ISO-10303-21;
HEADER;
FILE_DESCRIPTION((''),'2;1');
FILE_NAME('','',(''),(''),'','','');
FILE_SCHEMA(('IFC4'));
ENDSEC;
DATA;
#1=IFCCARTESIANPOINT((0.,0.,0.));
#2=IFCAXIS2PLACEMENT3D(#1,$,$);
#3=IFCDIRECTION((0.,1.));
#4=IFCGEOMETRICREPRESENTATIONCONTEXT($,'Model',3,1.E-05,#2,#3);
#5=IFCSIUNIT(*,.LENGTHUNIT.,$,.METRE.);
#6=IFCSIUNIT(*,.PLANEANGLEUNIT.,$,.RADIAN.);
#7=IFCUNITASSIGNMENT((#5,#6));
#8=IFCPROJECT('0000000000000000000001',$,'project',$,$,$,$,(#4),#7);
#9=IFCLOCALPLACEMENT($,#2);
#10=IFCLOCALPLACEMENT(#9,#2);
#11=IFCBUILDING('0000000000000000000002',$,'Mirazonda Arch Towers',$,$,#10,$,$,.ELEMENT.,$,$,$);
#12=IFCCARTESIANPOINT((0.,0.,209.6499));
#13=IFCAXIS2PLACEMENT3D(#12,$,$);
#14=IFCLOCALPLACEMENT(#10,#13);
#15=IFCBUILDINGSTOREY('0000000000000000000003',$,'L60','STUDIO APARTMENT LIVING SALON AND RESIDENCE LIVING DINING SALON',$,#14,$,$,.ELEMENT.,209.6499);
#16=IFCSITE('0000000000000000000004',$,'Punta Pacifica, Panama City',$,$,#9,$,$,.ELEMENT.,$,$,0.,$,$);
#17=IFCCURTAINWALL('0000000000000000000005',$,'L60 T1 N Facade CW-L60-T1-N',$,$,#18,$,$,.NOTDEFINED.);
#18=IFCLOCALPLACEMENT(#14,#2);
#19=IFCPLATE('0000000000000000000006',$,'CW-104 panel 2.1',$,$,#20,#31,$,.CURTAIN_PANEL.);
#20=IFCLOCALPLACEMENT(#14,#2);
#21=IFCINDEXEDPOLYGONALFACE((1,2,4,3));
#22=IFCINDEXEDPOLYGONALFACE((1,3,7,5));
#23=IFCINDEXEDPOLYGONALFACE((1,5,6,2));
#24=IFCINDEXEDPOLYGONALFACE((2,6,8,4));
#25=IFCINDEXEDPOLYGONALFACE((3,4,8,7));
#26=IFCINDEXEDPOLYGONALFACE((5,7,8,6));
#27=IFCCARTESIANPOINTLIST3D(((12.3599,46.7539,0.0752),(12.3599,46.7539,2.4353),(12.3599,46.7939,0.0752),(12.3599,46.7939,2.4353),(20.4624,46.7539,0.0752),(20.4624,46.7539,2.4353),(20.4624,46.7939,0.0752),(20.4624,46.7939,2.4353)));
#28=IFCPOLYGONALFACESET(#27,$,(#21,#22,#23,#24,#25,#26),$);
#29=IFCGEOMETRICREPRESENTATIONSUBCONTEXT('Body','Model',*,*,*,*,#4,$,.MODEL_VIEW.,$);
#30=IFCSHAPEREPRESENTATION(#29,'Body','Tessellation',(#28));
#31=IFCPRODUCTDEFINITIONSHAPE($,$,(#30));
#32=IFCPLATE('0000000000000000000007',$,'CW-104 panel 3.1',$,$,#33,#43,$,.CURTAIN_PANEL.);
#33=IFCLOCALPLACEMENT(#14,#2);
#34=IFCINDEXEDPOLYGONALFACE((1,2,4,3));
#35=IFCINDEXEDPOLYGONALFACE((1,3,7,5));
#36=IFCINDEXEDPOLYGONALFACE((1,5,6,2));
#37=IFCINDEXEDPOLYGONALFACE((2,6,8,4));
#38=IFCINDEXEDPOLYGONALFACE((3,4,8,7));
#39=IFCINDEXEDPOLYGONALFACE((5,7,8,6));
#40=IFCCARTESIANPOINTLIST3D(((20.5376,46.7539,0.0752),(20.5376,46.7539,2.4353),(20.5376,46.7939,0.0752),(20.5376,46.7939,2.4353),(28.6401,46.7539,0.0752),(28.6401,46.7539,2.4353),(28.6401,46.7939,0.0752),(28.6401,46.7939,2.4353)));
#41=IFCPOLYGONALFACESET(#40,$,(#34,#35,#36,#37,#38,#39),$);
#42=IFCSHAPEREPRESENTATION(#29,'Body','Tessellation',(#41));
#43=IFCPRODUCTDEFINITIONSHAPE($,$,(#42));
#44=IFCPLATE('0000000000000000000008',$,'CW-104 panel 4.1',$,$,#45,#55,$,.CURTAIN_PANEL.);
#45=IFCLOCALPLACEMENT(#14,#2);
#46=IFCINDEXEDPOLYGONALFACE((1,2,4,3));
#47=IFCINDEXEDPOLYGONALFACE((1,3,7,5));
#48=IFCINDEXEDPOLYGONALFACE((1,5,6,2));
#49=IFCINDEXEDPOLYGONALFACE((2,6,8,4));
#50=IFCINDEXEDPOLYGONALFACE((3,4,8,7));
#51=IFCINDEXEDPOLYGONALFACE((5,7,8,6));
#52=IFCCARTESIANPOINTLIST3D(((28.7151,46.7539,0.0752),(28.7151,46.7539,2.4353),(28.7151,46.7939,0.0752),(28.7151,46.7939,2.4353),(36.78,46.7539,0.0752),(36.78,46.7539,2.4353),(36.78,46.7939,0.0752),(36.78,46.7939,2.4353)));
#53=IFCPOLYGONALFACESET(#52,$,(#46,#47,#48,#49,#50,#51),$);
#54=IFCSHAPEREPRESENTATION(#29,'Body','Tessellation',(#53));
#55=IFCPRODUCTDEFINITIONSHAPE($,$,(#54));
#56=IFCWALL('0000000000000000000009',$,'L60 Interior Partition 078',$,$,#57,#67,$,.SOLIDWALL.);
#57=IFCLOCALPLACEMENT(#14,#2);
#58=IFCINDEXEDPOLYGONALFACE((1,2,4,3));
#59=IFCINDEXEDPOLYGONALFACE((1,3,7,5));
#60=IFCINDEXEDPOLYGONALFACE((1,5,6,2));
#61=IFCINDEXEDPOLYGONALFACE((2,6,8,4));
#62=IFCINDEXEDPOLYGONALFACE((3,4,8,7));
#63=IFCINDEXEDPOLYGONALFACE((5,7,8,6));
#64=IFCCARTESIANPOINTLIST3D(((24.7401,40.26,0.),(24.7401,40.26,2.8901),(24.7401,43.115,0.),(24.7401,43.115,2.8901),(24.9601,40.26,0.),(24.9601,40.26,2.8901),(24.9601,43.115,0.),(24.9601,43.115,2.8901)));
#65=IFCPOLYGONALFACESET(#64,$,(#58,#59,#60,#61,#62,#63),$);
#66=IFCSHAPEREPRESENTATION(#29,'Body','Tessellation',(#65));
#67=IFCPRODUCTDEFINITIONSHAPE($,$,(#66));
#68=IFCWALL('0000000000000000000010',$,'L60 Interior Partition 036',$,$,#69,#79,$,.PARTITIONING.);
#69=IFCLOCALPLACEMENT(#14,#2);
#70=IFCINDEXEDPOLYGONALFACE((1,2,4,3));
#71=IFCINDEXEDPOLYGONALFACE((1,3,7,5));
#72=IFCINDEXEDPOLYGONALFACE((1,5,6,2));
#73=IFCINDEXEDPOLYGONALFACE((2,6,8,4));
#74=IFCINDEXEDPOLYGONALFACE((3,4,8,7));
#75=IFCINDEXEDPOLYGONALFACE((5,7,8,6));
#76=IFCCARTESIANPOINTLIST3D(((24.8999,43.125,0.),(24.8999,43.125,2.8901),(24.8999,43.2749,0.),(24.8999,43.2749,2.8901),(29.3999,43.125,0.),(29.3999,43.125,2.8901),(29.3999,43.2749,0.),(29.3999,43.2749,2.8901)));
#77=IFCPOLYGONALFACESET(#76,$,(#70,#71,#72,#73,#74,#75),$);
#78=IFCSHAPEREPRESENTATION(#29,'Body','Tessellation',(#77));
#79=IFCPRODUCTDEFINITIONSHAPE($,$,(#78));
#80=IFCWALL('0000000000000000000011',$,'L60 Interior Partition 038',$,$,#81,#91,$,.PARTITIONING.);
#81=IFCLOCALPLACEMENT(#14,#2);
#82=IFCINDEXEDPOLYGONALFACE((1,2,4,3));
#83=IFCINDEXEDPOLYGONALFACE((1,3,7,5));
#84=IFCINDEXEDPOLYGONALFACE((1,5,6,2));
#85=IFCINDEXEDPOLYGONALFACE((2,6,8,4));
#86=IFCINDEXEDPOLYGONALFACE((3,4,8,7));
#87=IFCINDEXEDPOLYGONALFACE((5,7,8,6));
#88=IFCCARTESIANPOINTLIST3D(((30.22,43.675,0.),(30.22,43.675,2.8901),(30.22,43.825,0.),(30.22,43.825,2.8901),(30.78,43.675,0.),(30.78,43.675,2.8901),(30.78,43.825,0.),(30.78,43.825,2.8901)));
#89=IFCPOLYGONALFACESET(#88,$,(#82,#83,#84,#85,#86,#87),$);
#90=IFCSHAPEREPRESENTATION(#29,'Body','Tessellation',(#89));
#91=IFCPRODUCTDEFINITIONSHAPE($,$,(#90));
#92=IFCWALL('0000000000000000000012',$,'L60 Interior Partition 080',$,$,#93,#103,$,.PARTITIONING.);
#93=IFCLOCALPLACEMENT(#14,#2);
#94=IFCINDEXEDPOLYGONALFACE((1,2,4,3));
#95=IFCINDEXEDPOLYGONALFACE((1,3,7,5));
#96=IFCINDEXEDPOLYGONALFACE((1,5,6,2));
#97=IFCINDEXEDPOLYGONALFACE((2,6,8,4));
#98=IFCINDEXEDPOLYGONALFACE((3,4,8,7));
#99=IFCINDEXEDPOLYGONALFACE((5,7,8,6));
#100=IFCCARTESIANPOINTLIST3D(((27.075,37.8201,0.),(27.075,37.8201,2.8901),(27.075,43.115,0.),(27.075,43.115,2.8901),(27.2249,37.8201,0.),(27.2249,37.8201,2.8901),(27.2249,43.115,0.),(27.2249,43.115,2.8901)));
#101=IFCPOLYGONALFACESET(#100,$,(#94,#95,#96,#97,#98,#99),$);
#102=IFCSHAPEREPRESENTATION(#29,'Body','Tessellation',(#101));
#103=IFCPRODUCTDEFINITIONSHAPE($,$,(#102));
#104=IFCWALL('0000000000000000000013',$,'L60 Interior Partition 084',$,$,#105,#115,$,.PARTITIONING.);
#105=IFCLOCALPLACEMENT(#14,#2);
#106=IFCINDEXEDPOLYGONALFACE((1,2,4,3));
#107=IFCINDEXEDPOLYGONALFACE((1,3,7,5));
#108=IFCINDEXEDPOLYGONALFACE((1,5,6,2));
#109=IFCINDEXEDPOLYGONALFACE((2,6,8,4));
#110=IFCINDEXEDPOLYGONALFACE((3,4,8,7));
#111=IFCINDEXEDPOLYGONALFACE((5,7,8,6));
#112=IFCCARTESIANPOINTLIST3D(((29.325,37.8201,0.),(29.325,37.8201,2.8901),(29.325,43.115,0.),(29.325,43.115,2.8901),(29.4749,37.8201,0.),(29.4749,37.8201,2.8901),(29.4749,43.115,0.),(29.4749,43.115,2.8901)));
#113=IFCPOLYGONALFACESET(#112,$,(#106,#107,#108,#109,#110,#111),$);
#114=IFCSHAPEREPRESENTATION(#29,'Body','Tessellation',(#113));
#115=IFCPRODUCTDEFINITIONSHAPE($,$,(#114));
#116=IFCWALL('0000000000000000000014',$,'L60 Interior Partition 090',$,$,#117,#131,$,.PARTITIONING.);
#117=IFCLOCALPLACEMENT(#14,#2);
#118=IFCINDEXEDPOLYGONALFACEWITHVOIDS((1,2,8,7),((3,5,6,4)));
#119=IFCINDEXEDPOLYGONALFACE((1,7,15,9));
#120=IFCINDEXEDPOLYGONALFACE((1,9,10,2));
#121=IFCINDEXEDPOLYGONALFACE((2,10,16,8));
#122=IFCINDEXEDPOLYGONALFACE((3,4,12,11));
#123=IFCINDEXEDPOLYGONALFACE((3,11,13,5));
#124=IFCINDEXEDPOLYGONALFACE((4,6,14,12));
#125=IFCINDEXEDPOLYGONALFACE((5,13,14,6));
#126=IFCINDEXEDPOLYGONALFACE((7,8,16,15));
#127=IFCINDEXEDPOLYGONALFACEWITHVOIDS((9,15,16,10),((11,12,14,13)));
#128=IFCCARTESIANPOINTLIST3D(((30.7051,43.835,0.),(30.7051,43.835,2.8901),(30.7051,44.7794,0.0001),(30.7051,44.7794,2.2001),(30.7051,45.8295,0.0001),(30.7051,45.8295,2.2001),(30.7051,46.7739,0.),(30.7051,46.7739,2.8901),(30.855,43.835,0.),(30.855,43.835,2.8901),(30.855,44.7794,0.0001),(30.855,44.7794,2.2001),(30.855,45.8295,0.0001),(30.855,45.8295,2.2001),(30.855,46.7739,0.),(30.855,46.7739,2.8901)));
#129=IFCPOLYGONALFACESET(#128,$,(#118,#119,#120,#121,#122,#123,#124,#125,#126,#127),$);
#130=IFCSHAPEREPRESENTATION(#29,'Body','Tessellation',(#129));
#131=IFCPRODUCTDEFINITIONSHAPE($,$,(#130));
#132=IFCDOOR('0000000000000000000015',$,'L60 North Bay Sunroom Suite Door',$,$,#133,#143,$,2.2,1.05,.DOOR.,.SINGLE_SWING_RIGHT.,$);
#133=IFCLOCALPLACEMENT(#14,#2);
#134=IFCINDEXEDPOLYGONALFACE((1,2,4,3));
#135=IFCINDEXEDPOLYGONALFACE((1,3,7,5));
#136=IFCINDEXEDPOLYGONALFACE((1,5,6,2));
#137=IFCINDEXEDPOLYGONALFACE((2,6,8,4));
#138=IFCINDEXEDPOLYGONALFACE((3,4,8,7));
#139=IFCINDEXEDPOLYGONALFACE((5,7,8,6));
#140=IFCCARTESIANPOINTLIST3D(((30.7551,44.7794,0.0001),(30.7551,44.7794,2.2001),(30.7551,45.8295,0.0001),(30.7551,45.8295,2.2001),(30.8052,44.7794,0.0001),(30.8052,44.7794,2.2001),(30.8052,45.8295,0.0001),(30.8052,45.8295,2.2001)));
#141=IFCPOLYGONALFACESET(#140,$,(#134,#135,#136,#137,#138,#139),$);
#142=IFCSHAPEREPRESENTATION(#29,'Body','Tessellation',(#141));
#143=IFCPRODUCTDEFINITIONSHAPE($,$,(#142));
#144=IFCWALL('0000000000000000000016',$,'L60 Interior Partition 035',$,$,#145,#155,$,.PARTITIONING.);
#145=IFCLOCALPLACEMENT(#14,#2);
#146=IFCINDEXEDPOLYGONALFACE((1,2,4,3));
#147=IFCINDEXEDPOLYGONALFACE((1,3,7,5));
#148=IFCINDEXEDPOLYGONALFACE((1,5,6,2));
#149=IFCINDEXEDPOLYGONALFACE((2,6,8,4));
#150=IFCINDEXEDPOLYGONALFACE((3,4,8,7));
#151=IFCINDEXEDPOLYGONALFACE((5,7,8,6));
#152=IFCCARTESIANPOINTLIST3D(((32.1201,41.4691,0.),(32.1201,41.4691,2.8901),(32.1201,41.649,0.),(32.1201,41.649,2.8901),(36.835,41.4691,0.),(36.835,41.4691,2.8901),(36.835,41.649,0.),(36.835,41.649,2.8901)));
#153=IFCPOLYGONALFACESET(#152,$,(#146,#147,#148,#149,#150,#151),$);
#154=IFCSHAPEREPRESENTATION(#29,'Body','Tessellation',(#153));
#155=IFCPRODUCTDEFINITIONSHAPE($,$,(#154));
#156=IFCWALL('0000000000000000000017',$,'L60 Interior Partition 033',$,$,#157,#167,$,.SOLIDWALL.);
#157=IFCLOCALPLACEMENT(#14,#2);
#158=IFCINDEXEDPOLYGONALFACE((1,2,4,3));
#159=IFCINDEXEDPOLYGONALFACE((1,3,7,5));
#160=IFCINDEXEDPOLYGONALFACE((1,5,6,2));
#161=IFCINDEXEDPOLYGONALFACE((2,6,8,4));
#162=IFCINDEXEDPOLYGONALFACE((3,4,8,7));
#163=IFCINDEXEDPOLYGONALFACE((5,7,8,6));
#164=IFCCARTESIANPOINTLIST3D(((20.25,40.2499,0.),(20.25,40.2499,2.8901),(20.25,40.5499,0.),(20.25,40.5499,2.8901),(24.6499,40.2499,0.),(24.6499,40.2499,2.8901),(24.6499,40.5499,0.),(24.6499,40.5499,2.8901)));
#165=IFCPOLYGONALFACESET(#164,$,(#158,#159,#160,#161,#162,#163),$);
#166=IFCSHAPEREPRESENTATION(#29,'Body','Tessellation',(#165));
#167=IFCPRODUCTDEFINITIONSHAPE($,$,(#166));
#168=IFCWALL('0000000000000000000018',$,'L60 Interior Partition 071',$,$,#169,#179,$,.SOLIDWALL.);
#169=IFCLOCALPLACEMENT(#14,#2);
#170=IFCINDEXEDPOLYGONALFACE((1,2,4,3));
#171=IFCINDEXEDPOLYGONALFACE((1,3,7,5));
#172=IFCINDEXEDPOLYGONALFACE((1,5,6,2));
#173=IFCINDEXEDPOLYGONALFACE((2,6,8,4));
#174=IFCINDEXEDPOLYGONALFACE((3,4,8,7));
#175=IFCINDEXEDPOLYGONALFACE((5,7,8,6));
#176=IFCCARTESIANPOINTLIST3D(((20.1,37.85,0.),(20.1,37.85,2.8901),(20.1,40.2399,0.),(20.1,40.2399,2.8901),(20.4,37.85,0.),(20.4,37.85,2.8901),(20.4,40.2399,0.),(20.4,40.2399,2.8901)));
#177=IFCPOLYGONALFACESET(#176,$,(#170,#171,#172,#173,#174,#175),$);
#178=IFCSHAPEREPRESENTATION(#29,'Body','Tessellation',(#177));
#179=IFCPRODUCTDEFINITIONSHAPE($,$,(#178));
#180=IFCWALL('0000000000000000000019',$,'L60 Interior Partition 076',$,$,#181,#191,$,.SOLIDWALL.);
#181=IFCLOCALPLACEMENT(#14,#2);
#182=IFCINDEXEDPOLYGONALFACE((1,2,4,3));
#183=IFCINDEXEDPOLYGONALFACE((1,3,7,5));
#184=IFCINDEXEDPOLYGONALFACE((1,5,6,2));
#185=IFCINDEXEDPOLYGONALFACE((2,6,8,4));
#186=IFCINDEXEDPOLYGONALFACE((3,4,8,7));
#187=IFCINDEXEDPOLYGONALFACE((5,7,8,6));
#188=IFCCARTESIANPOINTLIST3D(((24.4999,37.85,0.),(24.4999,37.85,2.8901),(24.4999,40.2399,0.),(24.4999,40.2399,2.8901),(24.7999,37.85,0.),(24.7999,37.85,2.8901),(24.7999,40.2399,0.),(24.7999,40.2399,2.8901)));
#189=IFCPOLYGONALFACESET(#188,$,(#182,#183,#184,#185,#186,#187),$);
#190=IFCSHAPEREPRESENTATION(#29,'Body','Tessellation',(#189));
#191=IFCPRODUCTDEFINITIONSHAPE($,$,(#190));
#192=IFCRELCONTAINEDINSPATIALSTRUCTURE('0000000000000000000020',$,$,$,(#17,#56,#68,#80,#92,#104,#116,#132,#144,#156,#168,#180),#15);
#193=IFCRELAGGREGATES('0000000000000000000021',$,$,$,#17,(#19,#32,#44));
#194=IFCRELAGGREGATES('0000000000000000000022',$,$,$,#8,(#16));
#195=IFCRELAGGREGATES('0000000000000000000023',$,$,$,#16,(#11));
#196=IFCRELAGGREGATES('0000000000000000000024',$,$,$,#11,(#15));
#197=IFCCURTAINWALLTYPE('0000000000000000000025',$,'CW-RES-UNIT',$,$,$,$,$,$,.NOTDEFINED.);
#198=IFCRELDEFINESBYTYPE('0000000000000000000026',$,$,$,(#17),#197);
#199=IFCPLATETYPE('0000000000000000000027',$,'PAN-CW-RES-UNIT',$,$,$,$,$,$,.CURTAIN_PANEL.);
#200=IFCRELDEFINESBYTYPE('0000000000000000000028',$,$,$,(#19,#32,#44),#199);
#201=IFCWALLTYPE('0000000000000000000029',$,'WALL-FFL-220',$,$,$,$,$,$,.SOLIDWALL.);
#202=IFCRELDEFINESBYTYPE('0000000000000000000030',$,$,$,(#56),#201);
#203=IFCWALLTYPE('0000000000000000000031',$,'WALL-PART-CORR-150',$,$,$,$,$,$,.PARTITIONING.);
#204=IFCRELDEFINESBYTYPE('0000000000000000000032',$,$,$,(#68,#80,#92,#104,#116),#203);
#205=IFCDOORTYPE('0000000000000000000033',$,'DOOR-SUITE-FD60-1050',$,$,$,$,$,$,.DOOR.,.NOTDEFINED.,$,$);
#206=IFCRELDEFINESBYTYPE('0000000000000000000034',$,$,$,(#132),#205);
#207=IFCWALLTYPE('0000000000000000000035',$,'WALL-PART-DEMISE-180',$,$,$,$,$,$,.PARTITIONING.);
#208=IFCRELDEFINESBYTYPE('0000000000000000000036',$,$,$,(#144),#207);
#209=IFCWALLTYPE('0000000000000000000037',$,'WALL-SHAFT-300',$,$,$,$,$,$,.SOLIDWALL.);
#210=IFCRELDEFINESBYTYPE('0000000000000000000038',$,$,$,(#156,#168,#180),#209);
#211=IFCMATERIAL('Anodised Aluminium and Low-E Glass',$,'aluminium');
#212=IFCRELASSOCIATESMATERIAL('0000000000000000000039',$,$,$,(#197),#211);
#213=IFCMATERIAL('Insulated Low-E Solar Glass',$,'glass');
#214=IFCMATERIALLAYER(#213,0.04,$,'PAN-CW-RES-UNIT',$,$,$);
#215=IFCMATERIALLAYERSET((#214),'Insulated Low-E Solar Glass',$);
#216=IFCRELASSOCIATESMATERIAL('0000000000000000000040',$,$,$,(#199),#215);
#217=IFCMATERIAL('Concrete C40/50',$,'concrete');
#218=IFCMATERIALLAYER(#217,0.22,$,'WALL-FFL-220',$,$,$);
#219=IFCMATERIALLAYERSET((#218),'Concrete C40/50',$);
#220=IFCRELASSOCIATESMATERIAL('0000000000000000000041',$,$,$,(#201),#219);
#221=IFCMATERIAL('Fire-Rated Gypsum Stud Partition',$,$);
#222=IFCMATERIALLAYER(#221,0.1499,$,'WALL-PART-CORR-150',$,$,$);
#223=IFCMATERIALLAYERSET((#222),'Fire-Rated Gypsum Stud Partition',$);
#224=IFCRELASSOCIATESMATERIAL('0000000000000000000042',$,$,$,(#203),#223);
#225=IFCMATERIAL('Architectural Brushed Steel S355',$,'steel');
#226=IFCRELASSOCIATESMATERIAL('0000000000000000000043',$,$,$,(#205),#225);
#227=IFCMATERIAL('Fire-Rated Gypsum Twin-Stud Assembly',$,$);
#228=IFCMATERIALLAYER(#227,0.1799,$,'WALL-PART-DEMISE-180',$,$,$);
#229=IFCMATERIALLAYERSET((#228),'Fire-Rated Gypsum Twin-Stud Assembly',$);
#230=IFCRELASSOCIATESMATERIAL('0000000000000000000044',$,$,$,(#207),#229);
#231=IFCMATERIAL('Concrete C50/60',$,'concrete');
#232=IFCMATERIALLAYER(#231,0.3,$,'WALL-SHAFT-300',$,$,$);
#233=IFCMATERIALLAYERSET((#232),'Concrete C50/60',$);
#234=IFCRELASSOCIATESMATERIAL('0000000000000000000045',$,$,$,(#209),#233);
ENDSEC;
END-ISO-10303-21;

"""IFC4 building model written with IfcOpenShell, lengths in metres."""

from ifc_helpers import new_model, si_unit, direction, frame, frame_2d, origin, origin_2d, place, context, subcontext, project, spatial, rectangle, extrude, material, layer, layer_set, type_object, element, fill, aggregate, save


model = new_model("IFC4")

# Units and contexts
model_context = context("Model", 3, precision=1e-05, world=origin(), true_north=direction((0.0, 1.0)))
body_context = subcontext(model_context, "Body", "Model", "MODEL_VIEW")
ifc_project = project(units=[si_unit("LENGTHUNIT", "METRE"), si_unit("PLANEANGLEUNIT", "RADIAN")], contexts=[model_context])

# Site, building, storey
site_placement = place(None, origin())
site = spatial("IfcSite", under=ifc_project, at=site_placement, Name="Punta Pacifica, Panama City", CompositionType="ELEMENT", RefElevation=0.0)
building_placement = place(site_placement, origin())
building = spatial("IfcBuilding", under=site, at=building_placement, Name="Mirazonda Arch Towers", CompositionType="ELEMENT")
storey_placement = place(building_placement, frame((0.0, 0.0, 209.6499)))
storey = spatial("IfcBuildingStorey", under=building, at=storey_placement, Name="L60", Description="STUDIO APARTMENT LIVING SALON AND RESIDENCE LIVING DINING SALON", CompositionType="ELEMENT", Elevation=209.6499)

# Shared definitions
ifc_material_1 = material(Name="Concrete C50/60", Category="concrete")

# Curtain wall, plates
ifc_material_2 = material(Name="Anodised Aluminium and Low-E Glass", Category="aluminium")
curtain_wall_type = type_object("IfcCurtainWallType", Name="CW-RES-UNIT", PredefinedType="NOTDEFINED", material=ifc_material_2)
curtain_wall_placement = place(storey_placement, origin())
curtain_wall = element("IfcCurtainWall", 1, at=curtain_wall_placement, inside=storey, type_object=curtain_wall_type, Name="L60 T1 N Facade CW-L60-T1-N", PredefinedType="NOTDEFINED")
ifc_material_3 = material(Name="Insulated Low-E Solar Glass", Category="glass")
ifc_layer_1 = layer(ifc_material_3, 0.04, Name="PAN-CW-RES-UNIT")
ifc_layer_set_1 = layer_set([ifc_layer_1], Name="Insulated Low-E Solar Glass")
plate_type = type_object("IfcPlateType", Name="PAN-CW-RES-UNIT", PredefinedType="CURTAIN_PANEL", material=ifc_layer_set_1)
plate_1_placement = place(storey_placement, frame((16.4111, 46.7739, 0.0752), z_axis=(0.0, 0.0, 1.0), x_axis=(1.0, 0.0, 0.0)))
plate_1 = element("IfcPlate", 2, at=plate_1_placement, type_object=plate_type, Name="CW-104 panel 2.1", PredefinedType="CURTAIN_PANEL", context=body_context, shape_type="SweptSolid", body=[
    extrude(rectangle(XDim=8.1025, YDim=0.04, at=origin_2d()), origin(), (0.0, 0.0, 1.0), 2.3601),
])
plate_2_placement = place(storey_placement, frame((24.5889, 46.7739, 0.0752), z_axis=(0.0, 0.0, 1.0), x_axis=(1.0, 0.0, 0.0)))
plate_2 = element("IfcPlate", 3, at=plate_2_placement, type_object=plate_type, Name="CW-104 panel 3.1", PredefinedType="CURTAIN_PANEL", context=body_context, shape_type="SweptSolid", body=[
    extrude(rectangle(XDim=8.1025, YDim=0.04, at=origin_2d()), origin(), (0.0, 0.0, 1.0), 2.3601),
])
plate_3_placement = place(storey_placement, frame((32.7476, 46.7739, 0.0752), z_axis=(0.0, 0.0, 1.0), x_axis=(1.0, 0.0, 0.0)))
plate_3 = element("IfcPlate", 4, at=plate_3_placement, type_object=plate_type, Name="CW-104 panel 4.1", PredefinedType="CURTAIN_PANEL", context=body_context, shape_type="SweptSolid", body=[
    extrude(rectangle(XDim=8.0649, YDim=0.04, at=origin_2d()), origin(), (0.0, 0.0, 1.0), 2.3601),
])
aggregate(curtain_wall, [plate_1, plate_2, plate_3])

# Walls
ifc_material_4 = material(Name="Concrete C40/50", Category="concrete")
ifc_layer_2 = layer(ifc_material_4, 0.22, Name="WALL-FFL-220")
ifc_layer_set_2 = layer_set([ifc_layer_2], Name="Concrete C40/50")
wall_type_1 = type_object("IfcWallType", Name="WALL-FFL-220", PredefinedType="SOLIDWALL", material=ifc_layer_set_2)
wall_1_placement = place(storey_placement, frame((24.8501, 40.26, 0.0), z_axis=(0.0, 0.0, 1.0), x_axis=(0.0, 1.0, 0.0)))
element("IfcWall", 5, at=wall_1_placement, inside=storey, type_object=wall_type_1, Name="L60 Interior Partition 078", PredefinedType="SOLIDWALL", context=body_context, shape_type="SweptSolid", body=[
    extrude(rectangle(XDim=2.855, YDim=0.22, at=frame_2d((1.4275, 0.0))), origin(), (0.0, 0.0, 1.0), 2.8901),
])
ifc_material_5 = material(Name="Fire-Rated Gypsum Stud Partition")
ifc_layer_3 = layer(ifc_material_5, 0.1499, Name="WALL-PART-CORR-150")
ifc_layer_set_3 = layer_set([ifc_layer_3], Name="Fire-Rated Gypsum Stud Partition")
wall_type_2 = type_object("IfcWallType", Name="WALL-PART-CORR-150", PredefinedType="PARTITIONING", material=ifc_layer_set_3)
wall_2_placement = place(storey_placement, frame((24.8999, 43.2, 0.0), z_axis=(0.0, 0.0, 1.0), x_axis=(1.0, 0.0, 0.0)))
element("IfcWall", 6, at=wall_2_placement, inside=storey, type_object=wall_type_2, Name="L60 Interior Partition 036", PredefinedType="PARTITIONING", context=body_context, shape_type="SweptSolid", body=[
    extrude(rectangle(XDim=4.5, YDim=0.1499, at=frame_2d((2.25, 0.0))), origin(), (0.0, 0.0, 1.0), 2.8901),
])
wall_3_placement = place(storey_placement, frame((30.22, 43.75, 0.0), z_axis=(0.0, 0.0, 1.0), x_axis=(1.0, 0.0, 0.0)))
element("IfcWall", 7, at=wall_3_placement, inside=storey, type_object=wall_type_2, Name="L60 Interior Partition 038", PredefinedType="PARTITIONING", context=body_context, shape_type="SweptSolid", body=[
    extrude(rectangle(XDim=0.5601, YDim=0.1499, at=frame_2d((0.28, 0.0))), origin(), (0.0, 0.0, 1.0), 2.8901),
])
for number, where, z_axis, x_axis, name in (
    (8, (27.1499, 37.8201, 0.0), (0.0, 0.0, 1.0), (0.0, 1.0, 0.0), "L60 Interior Partition 080"),
    (9, (29.3999, 37.8201, 0.0), (0.0, 0.0, 1.0), (0.0, 1.0, 0.0), "L60 Interior Partition 084"),
):
    element("IfcWall", number, at=place(storey_placement, frame(where, z_axis=z_axis, x_axis=x_axis)), inside=storey, type_object=wall_type_2, Name=name, PredefinedType="PARTITIONING", context=body_context, shape_type="SweptSolid", body=[
        extrude(rectangle(XDim=5.2949, YDim=0.1499, at=frame_2d((2.6475, 0.0))), origin(), (0.0, 0.0, 1.0), 2.8901),
    ])

# Wall, opening, door
wall_4_placement = place(storey_placement, frame((30.78, 43.835, 0.0), z_axis=(0.0, 0.0, 1.0), x_axis=(0.0, 1.0, 0.0)))
wall_4 = element("IfcWall", 10, at=wall_4_placement, inside=storey, type_object=wall_type_2, Name="L60 Interior Partition 090", PredefinedType="PARTITIONING", context=body_context, shape_type="SweptSolid", body=[
    extrude(rectangle(XDim=2.939, YDim=0.1499, at=frame_2d((1.4695, 0.0))), origin(), (0.0, 0.0, 1.0), 2.8901),
])
opening_1_placement = place(wall_4_placement, frame((0.9446, 0.0, 0.0)))
opening_1 = element("IfcOpeningElement", 11, at=opening_1_placement, cuts=wall_4, PredefinedType="OPENING", context=body_context, shape_type="SweptSolid", body=[
    extrude(rectangle(XDim=1.05, YDim=2.2, at=frame_2d((0.5249, 1.1001))), frame((0.0, 0.085, 0.0), z_axis=(0.0, -1.0, 0.0), x_axis=(1.0, 0.0, 0.0)), (0.0, 0.0, 1.0), 0.1699),
])
ifc_material_6 = material(Name="Architectural Brushed Steel S355", Category="steel")
door_type_1 = type_object("IfcDoorType", Name="DOOR-SUITE-FD60-1050", OperationType="NOTDEFINED", PredefinedType="DOOR", material=ifc_material_6)
door_1_placement = place(opening_1_placement, origin())
door_1 = element("IfcDoor", 12, at=door_1_placement, inside=storey, type_object=door_type_1, Name="L60 North Bay Sunroom Suite Door", OperationType="SINGLE_SWING_RIGHT", OverallHeight=2.2, OverallWidth=1.05, PredefinedType="DOOR", context=body_context, shape_type="SweptSolid", body=[
    extrude(rectangle(XDim=1.05, YDim=2.2, at=frame_2d((0.5249, 1.1001))), frame((0.0, 0.0249, 0.0), z_axis=(0.0, -1.0, 0.0), x_axis=(1.0, 0.0, 0.0)), (0.0, 0.0, 1.0), 0.05),
])
fill(opening_1, door_1)

# Wall
ifc_material_7 = material(Name="Fire-Rated Gypsum Twin-Stud Assembly")
ifc_layer_4 = layer(ifc_material_7, 0.1799, Name="WALL-PART-DEMISE-180")
ifc_layer_set_4 = layer_set([ifc_layer_4], Name="Fire-Rated Gypsum Twin-Stud Assembly")
wall_type_3 = type_object("IfcWallType", Name="WALL-PART-DEMISE-180", PredefinedType="PARTITIONING", material=ifc_layer_set_4)
wall_5_placement = place(storey_placement, frame((32.1201, 41.5591, 0.0), z_axis=(0.0, 0.0, 1.0), x_axis=(1.0, 0.0, 0.0)))
element("IfcWall", 13, at=wall_5_placement, inside=storey, type_object=wall_type_3, Name="L60 Interior Partition 035", PredefinedType="PARTITIONING", context=body_context, shape_type="SweptSolid", body=[
    extrude(rectangle(XDim=4.7148, YDim=0.1799, at=frame_2d((2.3574, 0.0))), origin(), (0.0, 0.0, 1.0), 2.8901),
])

# Walls
ifc_layer_5 = layer(ifc_material_1, 0.3, Name="WALL-SHAFT-300")
ifc_layer_set_5 = layer_set([ifc_layer_5], Name="Concrete C50/60")
wall_type_4 = type_object("IfcWallType", Name="WALL-SHAFT-300", PredefinedType="SOLIDWALL", material=ifc_layer_set_5)
wall_6_placement = place(storey_placement, frame((20.25, 40.3999, 0.0), z_axis=(0.0, 0.0, 1.0), x_axis=(1.0, 0.0, 0.0)))
element("IfcWall", 14, at=wall_6_placement, inside=storey, type_object=wall_type_4, Name="L60 Interior Partition 033", PredefinedType="SOLIDWALL", context=body_context, shape_type="SweptSolid", body=[
    extrude(rectangle(XDim=4.3999, YDim=0.3, at=frame_2d((2.2, 0.0))), origin(), (0.0, 0.0, 1.0), 2.8901),
])
for number, where, z_axis, x_axis, name in (
    (15, (20.25, 37.8501, 0.0), (0.0, 0.0, 1.0), (0.0, 1.0, 0.0), "L60 Interior Partition 071"),
    (16, (24.6499, 37.8501, 0.0), (0.0, 0.0, 1.0), (0.0, 1.0, 0.0), "L60 Interior Partition 076"),
):
    element("IfcWall", number, at=place(storey_placement, frame(where, z_axis=z_axis, x_axis=x_axis)), inside=storey, type_object=wall_type_4, Name=name, PredefinedType="SOLIDWALL", context=body_context, shape_type="SweptSolid", body=[
        extrude(rectangle(XDim=2.3899, YDim=0.3, at=frame_2d((1.1948, 0.0))), origin(), (0.0, 0.0, 1.0), 2.8901),
    ])

save(model, "model.ifc")
